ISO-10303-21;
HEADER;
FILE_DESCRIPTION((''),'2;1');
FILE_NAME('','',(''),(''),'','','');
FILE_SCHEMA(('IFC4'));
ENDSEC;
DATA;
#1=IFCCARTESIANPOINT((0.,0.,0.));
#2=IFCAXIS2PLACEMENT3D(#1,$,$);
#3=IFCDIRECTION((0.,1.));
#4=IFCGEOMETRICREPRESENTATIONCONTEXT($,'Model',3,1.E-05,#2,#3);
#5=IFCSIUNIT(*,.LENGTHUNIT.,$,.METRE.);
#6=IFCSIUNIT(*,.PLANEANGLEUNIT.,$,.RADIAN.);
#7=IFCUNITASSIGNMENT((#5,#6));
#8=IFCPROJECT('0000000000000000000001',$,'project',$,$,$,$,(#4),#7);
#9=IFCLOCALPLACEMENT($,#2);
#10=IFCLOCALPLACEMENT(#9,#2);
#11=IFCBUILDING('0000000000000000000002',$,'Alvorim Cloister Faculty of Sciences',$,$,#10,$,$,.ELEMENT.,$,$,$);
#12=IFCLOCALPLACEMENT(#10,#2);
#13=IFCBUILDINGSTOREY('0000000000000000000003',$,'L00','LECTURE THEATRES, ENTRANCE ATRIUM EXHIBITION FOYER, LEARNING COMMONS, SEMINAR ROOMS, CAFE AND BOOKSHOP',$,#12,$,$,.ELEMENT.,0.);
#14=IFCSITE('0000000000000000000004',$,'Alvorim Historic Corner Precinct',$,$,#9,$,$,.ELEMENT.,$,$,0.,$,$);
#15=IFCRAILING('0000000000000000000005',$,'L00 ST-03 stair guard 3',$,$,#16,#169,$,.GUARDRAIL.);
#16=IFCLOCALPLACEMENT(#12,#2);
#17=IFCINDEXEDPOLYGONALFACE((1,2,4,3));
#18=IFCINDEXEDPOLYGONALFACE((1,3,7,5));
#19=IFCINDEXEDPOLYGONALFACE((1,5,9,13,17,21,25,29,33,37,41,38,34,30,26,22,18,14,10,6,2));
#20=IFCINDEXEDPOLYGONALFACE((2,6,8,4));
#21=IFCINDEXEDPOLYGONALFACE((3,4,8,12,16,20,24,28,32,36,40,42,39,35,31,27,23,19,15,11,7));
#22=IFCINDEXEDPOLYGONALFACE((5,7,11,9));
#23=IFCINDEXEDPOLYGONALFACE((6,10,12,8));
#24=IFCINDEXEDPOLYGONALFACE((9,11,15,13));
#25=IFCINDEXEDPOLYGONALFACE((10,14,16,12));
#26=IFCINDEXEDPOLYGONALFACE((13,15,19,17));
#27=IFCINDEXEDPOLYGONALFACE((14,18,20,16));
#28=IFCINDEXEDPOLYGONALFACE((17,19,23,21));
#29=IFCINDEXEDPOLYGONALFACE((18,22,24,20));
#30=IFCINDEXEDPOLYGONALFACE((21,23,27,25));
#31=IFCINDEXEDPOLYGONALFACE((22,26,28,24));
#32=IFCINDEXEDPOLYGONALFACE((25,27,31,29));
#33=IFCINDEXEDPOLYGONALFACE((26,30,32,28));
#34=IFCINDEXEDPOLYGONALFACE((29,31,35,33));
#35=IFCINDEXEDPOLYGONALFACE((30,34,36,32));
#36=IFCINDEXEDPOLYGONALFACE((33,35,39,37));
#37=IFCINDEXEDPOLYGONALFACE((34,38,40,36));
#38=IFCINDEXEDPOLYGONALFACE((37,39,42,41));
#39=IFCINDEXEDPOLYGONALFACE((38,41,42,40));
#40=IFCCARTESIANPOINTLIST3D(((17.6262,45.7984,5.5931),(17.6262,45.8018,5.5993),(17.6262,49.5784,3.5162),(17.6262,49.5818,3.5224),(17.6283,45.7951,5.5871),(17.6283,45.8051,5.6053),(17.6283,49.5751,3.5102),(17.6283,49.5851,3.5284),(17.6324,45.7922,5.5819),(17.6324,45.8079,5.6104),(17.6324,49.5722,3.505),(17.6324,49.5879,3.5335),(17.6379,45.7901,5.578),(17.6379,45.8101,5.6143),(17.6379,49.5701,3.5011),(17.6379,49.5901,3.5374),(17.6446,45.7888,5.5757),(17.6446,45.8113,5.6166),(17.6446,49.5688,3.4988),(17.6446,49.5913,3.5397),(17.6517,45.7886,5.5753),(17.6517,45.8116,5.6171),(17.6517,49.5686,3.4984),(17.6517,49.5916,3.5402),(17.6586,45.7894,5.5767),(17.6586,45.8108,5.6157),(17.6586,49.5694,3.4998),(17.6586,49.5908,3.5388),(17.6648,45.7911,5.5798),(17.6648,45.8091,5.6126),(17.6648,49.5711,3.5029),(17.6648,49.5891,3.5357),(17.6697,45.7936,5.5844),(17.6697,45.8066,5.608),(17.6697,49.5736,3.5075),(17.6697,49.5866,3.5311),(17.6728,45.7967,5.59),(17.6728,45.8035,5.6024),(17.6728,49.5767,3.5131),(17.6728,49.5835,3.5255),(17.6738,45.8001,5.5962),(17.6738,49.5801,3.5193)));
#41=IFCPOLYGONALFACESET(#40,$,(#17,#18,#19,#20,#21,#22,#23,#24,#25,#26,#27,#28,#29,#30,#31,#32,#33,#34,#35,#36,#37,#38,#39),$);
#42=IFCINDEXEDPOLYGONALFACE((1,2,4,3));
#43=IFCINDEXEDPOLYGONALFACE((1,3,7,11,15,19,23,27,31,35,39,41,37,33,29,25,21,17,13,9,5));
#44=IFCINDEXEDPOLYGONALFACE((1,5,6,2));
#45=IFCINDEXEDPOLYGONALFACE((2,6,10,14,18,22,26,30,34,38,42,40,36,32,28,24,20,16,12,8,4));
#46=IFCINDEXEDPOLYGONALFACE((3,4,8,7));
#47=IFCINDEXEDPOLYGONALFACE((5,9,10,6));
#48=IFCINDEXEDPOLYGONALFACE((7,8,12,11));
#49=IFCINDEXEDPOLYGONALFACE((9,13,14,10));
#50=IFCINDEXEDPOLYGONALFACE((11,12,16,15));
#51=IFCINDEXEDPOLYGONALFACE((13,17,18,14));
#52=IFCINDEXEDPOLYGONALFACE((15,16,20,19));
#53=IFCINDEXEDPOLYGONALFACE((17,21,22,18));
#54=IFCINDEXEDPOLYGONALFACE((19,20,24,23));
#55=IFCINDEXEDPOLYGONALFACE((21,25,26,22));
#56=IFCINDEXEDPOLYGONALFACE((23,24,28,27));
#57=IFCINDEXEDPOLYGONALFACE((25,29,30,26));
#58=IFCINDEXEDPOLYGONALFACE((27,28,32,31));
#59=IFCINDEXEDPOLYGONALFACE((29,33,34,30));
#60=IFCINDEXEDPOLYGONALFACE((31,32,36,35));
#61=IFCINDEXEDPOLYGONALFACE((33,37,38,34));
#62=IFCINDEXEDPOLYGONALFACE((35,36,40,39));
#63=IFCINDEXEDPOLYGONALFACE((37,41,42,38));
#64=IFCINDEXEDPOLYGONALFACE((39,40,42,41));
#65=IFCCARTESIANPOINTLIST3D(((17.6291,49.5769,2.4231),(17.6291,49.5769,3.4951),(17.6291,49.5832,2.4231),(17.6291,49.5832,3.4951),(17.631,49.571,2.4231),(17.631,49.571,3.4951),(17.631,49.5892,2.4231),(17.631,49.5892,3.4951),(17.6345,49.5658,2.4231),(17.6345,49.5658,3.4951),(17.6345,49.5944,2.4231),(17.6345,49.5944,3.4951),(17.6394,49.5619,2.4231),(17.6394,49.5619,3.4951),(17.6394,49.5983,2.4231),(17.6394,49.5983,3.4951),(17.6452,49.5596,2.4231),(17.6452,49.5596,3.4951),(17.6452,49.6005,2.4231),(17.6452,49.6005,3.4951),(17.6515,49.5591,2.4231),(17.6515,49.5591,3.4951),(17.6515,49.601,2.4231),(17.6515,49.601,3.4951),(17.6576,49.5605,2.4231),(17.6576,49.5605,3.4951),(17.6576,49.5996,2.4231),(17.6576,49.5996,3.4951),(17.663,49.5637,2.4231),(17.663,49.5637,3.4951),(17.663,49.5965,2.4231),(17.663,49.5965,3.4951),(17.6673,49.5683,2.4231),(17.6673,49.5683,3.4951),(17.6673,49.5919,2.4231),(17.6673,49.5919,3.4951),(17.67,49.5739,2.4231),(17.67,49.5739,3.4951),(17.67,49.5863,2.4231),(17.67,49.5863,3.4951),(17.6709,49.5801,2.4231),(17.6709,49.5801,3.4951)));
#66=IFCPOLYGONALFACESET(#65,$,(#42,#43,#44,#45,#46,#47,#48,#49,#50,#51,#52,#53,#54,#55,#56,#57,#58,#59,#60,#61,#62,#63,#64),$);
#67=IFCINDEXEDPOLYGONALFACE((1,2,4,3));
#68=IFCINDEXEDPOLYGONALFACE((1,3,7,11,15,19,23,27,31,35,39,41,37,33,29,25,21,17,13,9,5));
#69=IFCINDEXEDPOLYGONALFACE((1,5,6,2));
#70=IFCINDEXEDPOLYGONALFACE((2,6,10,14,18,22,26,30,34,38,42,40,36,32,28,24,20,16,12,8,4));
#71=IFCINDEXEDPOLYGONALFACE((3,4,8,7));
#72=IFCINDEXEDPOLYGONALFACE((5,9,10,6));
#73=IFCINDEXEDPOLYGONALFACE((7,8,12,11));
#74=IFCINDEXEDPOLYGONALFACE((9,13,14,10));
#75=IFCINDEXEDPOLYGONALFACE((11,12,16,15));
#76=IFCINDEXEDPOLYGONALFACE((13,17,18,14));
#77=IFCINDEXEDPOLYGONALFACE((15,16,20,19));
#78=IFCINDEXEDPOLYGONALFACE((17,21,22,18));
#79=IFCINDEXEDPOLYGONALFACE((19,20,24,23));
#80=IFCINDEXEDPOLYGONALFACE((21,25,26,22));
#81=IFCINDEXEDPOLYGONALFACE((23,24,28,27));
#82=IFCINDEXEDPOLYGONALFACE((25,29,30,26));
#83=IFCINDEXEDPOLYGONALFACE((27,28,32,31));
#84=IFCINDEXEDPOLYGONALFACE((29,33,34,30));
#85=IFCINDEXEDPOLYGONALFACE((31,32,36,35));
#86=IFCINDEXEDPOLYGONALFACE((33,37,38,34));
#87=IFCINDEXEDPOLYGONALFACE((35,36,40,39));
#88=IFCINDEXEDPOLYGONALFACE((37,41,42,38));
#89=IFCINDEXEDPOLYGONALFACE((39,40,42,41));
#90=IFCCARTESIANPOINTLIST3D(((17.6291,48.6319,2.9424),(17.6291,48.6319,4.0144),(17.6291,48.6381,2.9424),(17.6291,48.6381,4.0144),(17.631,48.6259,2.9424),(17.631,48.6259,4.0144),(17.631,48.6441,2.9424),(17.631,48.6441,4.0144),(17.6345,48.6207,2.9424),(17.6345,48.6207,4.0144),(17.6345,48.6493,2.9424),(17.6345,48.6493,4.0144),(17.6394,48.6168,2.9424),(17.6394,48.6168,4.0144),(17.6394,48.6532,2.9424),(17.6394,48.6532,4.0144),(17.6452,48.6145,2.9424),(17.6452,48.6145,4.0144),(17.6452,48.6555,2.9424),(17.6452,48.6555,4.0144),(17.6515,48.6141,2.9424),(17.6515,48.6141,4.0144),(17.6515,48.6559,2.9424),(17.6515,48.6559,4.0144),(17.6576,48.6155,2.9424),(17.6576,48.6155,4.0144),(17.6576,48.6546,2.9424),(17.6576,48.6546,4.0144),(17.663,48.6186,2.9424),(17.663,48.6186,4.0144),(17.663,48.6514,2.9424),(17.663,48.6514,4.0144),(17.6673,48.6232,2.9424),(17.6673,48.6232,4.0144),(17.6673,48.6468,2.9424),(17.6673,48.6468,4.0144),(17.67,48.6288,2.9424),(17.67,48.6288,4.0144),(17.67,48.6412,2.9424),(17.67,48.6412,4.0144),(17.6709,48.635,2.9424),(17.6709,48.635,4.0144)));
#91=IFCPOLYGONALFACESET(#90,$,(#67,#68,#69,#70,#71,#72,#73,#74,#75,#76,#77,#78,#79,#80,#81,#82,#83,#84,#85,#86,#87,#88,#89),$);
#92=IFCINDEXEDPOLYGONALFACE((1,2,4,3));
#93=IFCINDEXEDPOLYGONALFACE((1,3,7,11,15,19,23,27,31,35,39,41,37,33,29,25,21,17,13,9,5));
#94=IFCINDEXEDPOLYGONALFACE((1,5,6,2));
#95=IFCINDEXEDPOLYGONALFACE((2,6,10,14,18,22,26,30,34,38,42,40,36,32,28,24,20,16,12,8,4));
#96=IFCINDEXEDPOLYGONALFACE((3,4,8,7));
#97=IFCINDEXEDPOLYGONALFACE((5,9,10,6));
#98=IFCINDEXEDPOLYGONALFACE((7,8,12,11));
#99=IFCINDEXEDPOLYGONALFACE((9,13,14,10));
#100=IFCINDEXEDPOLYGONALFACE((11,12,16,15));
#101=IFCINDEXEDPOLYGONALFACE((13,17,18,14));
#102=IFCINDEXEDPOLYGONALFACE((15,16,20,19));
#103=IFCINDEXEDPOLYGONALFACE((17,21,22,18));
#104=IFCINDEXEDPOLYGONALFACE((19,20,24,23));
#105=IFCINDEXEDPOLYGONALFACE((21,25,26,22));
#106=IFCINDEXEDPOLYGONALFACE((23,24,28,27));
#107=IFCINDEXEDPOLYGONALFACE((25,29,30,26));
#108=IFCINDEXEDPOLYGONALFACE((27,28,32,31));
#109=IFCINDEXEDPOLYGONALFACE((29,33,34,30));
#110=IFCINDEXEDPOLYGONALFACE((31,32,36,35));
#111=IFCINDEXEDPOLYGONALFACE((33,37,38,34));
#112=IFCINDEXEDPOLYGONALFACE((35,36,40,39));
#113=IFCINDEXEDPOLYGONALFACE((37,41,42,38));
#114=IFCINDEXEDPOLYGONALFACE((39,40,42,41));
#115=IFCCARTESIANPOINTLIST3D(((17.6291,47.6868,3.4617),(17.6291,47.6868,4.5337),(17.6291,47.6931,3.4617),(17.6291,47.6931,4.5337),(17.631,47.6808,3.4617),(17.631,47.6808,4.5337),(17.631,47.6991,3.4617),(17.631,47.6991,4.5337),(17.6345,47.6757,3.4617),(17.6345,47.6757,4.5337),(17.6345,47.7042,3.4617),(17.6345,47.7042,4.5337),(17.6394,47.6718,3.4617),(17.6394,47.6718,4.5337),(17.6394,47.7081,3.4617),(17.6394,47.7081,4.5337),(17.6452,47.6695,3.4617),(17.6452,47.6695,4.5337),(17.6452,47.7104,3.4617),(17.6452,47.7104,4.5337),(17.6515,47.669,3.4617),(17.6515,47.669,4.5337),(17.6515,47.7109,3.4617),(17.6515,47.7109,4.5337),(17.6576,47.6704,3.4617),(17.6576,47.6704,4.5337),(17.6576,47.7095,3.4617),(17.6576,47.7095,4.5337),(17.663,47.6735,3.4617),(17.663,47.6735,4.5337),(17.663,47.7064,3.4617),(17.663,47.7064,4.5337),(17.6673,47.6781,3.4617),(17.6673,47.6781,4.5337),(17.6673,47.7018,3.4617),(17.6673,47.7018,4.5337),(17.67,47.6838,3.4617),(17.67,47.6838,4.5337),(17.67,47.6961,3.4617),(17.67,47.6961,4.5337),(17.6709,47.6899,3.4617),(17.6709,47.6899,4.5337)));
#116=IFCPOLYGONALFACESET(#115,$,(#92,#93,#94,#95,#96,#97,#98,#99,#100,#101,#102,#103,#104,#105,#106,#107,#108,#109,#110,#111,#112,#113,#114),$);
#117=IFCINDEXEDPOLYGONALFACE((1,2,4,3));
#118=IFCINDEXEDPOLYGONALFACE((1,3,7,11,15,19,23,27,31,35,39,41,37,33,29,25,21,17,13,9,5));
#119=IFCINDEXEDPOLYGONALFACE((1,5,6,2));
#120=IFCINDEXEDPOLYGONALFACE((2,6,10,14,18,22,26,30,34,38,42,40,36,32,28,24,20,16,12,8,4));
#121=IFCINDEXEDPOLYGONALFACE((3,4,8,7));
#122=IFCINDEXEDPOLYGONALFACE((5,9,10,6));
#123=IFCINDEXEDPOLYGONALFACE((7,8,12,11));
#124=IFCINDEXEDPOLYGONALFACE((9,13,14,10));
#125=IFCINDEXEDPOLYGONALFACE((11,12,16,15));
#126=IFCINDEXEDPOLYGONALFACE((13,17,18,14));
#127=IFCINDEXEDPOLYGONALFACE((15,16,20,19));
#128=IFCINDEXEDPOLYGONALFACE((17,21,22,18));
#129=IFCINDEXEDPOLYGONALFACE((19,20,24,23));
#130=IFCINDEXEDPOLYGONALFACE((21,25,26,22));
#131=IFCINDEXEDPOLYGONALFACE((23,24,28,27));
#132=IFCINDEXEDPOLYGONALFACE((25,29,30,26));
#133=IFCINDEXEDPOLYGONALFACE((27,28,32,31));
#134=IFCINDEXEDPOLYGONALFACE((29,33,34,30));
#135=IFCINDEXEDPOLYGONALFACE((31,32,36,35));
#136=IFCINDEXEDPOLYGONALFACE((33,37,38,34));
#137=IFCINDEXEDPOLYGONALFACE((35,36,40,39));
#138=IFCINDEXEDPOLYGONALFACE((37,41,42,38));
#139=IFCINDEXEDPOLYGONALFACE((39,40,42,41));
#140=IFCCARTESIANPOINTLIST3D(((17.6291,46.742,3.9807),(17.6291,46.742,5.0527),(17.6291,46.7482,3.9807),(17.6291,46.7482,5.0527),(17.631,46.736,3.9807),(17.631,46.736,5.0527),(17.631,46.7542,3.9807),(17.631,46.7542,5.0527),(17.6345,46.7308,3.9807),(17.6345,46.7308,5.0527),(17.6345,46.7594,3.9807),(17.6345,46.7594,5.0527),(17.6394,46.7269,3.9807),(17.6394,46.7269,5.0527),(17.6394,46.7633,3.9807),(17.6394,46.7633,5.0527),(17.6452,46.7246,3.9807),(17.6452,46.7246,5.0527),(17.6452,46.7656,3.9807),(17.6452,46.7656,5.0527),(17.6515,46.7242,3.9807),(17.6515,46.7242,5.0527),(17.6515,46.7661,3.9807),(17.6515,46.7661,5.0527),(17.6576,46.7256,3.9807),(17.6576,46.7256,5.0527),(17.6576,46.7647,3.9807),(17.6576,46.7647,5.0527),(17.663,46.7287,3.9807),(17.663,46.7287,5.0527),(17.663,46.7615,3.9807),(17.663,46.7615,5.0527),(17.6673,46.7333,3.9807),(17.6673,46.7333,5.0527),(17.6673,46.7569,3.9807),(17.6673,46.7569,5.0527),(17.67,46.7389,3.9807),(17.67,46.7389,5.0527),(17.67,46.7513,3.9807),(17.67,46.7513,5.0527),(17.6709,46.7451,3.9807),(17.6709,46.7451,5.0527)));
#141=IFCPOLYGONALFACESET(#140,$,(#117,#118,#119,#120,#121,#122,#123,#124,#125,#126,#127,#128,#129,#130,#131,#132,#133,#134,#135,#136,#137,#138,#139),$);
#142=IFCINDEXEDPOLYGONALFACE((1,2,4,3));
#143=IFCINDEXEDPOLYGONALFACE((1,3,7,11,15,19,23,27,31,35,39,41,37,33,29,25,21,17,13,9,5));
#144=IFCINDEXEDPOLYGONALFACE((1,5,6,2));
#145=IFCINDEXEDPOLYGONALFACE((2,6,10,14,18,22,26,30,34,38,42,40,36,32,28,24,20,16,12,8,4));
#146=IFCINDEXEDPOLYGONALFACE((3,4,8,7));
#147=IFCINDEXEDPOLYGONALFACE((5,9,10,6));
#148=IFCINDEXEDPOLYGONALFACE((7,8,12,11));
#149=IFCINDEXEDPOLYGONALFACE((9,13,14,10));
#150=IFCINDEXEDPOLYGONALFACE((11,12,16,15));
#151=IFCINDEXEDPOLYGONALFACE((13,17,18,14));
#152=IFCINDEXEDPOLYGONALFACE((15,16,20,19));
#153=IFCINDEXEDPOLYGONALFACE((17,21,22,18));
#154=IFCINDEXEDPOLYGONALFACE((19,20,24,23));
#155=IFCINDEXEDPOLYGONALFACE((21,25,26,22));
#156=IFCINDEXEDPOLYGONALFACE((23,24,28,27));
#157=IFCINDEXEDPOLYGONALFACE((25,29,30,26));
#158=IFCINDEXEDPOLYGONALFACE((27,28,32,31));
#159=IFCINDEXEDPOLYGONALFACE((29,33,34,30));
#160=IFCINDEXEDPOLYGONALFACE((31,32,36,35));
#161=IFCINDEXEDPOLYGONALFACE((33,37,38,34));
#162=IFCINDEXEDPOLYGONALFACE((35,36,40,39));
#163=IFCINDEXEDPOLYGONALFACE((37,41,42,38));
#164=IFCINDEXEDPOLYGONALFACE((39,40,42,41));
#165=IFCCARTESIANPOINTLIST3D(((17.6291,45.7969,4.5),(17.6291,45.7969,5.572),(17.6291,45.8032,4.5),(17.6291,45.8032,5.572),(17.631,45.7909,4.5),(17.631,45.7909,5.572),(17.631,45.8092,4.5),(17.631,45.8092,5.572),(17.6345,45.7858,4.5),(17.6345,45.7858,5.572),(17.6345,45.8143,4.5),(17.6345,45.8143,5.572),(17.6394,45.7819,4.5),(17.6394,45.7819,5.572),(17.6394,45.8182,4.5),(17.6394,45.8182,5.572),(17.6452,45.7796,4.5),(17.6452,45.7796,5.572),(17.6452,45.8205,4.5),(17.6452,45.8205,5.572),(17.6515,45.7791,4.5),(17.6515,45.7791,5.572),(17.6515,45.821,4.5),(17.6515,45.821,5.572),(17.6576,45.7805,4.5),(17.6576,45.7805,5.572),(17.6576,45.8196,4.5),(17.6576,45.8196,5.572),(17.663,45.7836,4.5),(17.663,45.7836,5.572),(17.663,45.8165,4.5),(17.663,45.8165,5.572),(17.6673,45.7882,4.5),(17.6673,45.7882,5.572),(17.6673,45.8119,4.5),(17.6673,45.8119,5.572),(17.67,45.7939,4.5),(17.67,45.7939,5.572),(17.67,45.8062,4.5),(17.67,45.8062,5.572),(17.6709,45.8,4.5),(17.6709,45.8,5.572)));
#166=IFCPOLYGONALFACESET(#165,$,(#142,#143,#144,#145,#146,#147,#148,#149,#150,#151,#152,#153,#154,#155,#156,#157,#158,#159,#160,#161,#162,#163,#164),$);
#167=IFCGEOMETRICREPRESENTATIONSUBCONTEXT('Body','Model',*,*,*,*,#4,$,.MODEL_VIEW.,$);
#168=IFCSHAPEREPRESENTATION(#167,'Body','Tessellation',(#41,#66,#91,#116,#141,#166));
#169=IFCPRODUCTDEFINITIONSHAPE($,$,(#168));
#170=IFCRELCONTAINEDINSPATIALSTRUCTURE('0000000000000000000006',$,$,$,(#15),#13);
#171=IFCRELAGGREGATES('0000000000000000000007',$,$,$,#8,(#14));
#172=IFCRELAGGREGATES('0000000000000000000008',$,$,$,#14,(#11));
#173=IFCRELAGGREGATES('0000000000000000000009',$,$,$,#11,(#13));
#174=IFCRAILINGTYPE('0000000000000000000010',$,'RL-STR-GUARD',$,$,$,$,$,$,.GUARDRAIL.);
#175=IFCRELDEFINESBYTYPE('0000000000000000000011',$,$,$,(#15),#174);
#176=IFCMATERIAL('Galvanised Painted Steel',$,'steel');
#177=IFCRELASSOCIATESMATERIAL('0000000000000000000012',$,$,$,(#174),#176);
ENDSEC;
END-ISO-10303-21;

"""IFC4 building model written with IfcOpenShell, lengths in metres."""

from ifc_helpers import new_model, si_unit, direction, frame, origin, origin_2d, place, context, subcontext, project, spatial, circle, extrude, material, type_object, element, save


model = new_model("IFC4")

# Units and contexts
model_context = context("Model", 3, precision=1e-05, world=origin(), true_north=direction((0.0, 1.0)))
body_context = subcontext(model_context, "Body", "Model", "MODEL_VIEW")
ifc_project = project(units=[si_unit("LENGTHUNIT", "METRE"), si_unit("PLANEANGLEUNIT", "RADIAN")], contexts=[model_context])

# Site, building, storey
site_placement = place(None, origin())
site = spatial("IfcSite", under=ifc_project, at=site_placement, Name="Alvorim Historic Corner Precinct", CompositionType="ELEMENT", RefElevation=0.0)
building_placement = place(site_placement, origin())
building = spatial("IfcBuilding", under=site, at=building_placement, Name="Alvorim Cloister Faculty of Sciences", CompositionType="ELEMENT")
storey_placement = place(building_placement, origin())
storey = spatial("IfcBuildingStorey", under=building, at=storey_placement, Name="L00", Description="LECTURE THEATRES, ENTRANCE ATRIUM EXHIBITION FOYER, LEARNING COMMONS, SEMINAR ROOMS, CAFE AND BOOKSHOP", CompositionType="ELEMENT", Elevation=0.0)

# Railing
ifc_material_1 = material(Name="Galvanised Painted Steel", Category="steel")
railing_type = type_object("IfcRailingType", Name="RL-STR-GUARD", PredefinedType="GUARDRAIL", material=ifc_material_1)
railing_1_placement = place(storey_placement, frame((17.6499, 49.5801, 2.4231)))
element("IfcRailing", 1, at=railing_1_placement, inside=storey, type_object=railing_type, Name="L00 ST-03 stair guard 3", PredefinedType="GUARDRAIL", context=body_context, shape_type="SweptSolid", body=[
    extrude(circle(Radius=0.0239, at=origin_2d()), frame((0.0, 0.0, 1.0962), z_axis=(0.0, -0.876423, 0.481543), x_axis=(1.0, 0.0, 0.0)), (0.0, 0.0, 1.0), 4.313),
    extrude(circle(Radius=0.021, at=origin_2d()), origin(), (0.0, 0.0, 1.0), 1.072),
    extrude(circle(Radius=0.021, at=origin_2d()), frame((0.0, -0.9451, 0.5193)), (0.0, 0.0, 1.0), 1.072),
    extrude(circle(Radius=0.021, at=origin_2d()), frame((0.0, -1.8901, 1.0386)), (0.0, 0.0, 1.0), 1.072),
    extrude(circle(Radius=0.021, at=origin_2d()), frame((0.0, -2.835, 1.5576)), (0.0, 0.0, 1.0), 1.072),
    extrude(circle(Radius=0.021, at=origin_2d()), frame((0.0, -3.78, 2.0769)), (0.0, 0.0, 1.0), 1.072),
])

save(model, "model.ifc")
